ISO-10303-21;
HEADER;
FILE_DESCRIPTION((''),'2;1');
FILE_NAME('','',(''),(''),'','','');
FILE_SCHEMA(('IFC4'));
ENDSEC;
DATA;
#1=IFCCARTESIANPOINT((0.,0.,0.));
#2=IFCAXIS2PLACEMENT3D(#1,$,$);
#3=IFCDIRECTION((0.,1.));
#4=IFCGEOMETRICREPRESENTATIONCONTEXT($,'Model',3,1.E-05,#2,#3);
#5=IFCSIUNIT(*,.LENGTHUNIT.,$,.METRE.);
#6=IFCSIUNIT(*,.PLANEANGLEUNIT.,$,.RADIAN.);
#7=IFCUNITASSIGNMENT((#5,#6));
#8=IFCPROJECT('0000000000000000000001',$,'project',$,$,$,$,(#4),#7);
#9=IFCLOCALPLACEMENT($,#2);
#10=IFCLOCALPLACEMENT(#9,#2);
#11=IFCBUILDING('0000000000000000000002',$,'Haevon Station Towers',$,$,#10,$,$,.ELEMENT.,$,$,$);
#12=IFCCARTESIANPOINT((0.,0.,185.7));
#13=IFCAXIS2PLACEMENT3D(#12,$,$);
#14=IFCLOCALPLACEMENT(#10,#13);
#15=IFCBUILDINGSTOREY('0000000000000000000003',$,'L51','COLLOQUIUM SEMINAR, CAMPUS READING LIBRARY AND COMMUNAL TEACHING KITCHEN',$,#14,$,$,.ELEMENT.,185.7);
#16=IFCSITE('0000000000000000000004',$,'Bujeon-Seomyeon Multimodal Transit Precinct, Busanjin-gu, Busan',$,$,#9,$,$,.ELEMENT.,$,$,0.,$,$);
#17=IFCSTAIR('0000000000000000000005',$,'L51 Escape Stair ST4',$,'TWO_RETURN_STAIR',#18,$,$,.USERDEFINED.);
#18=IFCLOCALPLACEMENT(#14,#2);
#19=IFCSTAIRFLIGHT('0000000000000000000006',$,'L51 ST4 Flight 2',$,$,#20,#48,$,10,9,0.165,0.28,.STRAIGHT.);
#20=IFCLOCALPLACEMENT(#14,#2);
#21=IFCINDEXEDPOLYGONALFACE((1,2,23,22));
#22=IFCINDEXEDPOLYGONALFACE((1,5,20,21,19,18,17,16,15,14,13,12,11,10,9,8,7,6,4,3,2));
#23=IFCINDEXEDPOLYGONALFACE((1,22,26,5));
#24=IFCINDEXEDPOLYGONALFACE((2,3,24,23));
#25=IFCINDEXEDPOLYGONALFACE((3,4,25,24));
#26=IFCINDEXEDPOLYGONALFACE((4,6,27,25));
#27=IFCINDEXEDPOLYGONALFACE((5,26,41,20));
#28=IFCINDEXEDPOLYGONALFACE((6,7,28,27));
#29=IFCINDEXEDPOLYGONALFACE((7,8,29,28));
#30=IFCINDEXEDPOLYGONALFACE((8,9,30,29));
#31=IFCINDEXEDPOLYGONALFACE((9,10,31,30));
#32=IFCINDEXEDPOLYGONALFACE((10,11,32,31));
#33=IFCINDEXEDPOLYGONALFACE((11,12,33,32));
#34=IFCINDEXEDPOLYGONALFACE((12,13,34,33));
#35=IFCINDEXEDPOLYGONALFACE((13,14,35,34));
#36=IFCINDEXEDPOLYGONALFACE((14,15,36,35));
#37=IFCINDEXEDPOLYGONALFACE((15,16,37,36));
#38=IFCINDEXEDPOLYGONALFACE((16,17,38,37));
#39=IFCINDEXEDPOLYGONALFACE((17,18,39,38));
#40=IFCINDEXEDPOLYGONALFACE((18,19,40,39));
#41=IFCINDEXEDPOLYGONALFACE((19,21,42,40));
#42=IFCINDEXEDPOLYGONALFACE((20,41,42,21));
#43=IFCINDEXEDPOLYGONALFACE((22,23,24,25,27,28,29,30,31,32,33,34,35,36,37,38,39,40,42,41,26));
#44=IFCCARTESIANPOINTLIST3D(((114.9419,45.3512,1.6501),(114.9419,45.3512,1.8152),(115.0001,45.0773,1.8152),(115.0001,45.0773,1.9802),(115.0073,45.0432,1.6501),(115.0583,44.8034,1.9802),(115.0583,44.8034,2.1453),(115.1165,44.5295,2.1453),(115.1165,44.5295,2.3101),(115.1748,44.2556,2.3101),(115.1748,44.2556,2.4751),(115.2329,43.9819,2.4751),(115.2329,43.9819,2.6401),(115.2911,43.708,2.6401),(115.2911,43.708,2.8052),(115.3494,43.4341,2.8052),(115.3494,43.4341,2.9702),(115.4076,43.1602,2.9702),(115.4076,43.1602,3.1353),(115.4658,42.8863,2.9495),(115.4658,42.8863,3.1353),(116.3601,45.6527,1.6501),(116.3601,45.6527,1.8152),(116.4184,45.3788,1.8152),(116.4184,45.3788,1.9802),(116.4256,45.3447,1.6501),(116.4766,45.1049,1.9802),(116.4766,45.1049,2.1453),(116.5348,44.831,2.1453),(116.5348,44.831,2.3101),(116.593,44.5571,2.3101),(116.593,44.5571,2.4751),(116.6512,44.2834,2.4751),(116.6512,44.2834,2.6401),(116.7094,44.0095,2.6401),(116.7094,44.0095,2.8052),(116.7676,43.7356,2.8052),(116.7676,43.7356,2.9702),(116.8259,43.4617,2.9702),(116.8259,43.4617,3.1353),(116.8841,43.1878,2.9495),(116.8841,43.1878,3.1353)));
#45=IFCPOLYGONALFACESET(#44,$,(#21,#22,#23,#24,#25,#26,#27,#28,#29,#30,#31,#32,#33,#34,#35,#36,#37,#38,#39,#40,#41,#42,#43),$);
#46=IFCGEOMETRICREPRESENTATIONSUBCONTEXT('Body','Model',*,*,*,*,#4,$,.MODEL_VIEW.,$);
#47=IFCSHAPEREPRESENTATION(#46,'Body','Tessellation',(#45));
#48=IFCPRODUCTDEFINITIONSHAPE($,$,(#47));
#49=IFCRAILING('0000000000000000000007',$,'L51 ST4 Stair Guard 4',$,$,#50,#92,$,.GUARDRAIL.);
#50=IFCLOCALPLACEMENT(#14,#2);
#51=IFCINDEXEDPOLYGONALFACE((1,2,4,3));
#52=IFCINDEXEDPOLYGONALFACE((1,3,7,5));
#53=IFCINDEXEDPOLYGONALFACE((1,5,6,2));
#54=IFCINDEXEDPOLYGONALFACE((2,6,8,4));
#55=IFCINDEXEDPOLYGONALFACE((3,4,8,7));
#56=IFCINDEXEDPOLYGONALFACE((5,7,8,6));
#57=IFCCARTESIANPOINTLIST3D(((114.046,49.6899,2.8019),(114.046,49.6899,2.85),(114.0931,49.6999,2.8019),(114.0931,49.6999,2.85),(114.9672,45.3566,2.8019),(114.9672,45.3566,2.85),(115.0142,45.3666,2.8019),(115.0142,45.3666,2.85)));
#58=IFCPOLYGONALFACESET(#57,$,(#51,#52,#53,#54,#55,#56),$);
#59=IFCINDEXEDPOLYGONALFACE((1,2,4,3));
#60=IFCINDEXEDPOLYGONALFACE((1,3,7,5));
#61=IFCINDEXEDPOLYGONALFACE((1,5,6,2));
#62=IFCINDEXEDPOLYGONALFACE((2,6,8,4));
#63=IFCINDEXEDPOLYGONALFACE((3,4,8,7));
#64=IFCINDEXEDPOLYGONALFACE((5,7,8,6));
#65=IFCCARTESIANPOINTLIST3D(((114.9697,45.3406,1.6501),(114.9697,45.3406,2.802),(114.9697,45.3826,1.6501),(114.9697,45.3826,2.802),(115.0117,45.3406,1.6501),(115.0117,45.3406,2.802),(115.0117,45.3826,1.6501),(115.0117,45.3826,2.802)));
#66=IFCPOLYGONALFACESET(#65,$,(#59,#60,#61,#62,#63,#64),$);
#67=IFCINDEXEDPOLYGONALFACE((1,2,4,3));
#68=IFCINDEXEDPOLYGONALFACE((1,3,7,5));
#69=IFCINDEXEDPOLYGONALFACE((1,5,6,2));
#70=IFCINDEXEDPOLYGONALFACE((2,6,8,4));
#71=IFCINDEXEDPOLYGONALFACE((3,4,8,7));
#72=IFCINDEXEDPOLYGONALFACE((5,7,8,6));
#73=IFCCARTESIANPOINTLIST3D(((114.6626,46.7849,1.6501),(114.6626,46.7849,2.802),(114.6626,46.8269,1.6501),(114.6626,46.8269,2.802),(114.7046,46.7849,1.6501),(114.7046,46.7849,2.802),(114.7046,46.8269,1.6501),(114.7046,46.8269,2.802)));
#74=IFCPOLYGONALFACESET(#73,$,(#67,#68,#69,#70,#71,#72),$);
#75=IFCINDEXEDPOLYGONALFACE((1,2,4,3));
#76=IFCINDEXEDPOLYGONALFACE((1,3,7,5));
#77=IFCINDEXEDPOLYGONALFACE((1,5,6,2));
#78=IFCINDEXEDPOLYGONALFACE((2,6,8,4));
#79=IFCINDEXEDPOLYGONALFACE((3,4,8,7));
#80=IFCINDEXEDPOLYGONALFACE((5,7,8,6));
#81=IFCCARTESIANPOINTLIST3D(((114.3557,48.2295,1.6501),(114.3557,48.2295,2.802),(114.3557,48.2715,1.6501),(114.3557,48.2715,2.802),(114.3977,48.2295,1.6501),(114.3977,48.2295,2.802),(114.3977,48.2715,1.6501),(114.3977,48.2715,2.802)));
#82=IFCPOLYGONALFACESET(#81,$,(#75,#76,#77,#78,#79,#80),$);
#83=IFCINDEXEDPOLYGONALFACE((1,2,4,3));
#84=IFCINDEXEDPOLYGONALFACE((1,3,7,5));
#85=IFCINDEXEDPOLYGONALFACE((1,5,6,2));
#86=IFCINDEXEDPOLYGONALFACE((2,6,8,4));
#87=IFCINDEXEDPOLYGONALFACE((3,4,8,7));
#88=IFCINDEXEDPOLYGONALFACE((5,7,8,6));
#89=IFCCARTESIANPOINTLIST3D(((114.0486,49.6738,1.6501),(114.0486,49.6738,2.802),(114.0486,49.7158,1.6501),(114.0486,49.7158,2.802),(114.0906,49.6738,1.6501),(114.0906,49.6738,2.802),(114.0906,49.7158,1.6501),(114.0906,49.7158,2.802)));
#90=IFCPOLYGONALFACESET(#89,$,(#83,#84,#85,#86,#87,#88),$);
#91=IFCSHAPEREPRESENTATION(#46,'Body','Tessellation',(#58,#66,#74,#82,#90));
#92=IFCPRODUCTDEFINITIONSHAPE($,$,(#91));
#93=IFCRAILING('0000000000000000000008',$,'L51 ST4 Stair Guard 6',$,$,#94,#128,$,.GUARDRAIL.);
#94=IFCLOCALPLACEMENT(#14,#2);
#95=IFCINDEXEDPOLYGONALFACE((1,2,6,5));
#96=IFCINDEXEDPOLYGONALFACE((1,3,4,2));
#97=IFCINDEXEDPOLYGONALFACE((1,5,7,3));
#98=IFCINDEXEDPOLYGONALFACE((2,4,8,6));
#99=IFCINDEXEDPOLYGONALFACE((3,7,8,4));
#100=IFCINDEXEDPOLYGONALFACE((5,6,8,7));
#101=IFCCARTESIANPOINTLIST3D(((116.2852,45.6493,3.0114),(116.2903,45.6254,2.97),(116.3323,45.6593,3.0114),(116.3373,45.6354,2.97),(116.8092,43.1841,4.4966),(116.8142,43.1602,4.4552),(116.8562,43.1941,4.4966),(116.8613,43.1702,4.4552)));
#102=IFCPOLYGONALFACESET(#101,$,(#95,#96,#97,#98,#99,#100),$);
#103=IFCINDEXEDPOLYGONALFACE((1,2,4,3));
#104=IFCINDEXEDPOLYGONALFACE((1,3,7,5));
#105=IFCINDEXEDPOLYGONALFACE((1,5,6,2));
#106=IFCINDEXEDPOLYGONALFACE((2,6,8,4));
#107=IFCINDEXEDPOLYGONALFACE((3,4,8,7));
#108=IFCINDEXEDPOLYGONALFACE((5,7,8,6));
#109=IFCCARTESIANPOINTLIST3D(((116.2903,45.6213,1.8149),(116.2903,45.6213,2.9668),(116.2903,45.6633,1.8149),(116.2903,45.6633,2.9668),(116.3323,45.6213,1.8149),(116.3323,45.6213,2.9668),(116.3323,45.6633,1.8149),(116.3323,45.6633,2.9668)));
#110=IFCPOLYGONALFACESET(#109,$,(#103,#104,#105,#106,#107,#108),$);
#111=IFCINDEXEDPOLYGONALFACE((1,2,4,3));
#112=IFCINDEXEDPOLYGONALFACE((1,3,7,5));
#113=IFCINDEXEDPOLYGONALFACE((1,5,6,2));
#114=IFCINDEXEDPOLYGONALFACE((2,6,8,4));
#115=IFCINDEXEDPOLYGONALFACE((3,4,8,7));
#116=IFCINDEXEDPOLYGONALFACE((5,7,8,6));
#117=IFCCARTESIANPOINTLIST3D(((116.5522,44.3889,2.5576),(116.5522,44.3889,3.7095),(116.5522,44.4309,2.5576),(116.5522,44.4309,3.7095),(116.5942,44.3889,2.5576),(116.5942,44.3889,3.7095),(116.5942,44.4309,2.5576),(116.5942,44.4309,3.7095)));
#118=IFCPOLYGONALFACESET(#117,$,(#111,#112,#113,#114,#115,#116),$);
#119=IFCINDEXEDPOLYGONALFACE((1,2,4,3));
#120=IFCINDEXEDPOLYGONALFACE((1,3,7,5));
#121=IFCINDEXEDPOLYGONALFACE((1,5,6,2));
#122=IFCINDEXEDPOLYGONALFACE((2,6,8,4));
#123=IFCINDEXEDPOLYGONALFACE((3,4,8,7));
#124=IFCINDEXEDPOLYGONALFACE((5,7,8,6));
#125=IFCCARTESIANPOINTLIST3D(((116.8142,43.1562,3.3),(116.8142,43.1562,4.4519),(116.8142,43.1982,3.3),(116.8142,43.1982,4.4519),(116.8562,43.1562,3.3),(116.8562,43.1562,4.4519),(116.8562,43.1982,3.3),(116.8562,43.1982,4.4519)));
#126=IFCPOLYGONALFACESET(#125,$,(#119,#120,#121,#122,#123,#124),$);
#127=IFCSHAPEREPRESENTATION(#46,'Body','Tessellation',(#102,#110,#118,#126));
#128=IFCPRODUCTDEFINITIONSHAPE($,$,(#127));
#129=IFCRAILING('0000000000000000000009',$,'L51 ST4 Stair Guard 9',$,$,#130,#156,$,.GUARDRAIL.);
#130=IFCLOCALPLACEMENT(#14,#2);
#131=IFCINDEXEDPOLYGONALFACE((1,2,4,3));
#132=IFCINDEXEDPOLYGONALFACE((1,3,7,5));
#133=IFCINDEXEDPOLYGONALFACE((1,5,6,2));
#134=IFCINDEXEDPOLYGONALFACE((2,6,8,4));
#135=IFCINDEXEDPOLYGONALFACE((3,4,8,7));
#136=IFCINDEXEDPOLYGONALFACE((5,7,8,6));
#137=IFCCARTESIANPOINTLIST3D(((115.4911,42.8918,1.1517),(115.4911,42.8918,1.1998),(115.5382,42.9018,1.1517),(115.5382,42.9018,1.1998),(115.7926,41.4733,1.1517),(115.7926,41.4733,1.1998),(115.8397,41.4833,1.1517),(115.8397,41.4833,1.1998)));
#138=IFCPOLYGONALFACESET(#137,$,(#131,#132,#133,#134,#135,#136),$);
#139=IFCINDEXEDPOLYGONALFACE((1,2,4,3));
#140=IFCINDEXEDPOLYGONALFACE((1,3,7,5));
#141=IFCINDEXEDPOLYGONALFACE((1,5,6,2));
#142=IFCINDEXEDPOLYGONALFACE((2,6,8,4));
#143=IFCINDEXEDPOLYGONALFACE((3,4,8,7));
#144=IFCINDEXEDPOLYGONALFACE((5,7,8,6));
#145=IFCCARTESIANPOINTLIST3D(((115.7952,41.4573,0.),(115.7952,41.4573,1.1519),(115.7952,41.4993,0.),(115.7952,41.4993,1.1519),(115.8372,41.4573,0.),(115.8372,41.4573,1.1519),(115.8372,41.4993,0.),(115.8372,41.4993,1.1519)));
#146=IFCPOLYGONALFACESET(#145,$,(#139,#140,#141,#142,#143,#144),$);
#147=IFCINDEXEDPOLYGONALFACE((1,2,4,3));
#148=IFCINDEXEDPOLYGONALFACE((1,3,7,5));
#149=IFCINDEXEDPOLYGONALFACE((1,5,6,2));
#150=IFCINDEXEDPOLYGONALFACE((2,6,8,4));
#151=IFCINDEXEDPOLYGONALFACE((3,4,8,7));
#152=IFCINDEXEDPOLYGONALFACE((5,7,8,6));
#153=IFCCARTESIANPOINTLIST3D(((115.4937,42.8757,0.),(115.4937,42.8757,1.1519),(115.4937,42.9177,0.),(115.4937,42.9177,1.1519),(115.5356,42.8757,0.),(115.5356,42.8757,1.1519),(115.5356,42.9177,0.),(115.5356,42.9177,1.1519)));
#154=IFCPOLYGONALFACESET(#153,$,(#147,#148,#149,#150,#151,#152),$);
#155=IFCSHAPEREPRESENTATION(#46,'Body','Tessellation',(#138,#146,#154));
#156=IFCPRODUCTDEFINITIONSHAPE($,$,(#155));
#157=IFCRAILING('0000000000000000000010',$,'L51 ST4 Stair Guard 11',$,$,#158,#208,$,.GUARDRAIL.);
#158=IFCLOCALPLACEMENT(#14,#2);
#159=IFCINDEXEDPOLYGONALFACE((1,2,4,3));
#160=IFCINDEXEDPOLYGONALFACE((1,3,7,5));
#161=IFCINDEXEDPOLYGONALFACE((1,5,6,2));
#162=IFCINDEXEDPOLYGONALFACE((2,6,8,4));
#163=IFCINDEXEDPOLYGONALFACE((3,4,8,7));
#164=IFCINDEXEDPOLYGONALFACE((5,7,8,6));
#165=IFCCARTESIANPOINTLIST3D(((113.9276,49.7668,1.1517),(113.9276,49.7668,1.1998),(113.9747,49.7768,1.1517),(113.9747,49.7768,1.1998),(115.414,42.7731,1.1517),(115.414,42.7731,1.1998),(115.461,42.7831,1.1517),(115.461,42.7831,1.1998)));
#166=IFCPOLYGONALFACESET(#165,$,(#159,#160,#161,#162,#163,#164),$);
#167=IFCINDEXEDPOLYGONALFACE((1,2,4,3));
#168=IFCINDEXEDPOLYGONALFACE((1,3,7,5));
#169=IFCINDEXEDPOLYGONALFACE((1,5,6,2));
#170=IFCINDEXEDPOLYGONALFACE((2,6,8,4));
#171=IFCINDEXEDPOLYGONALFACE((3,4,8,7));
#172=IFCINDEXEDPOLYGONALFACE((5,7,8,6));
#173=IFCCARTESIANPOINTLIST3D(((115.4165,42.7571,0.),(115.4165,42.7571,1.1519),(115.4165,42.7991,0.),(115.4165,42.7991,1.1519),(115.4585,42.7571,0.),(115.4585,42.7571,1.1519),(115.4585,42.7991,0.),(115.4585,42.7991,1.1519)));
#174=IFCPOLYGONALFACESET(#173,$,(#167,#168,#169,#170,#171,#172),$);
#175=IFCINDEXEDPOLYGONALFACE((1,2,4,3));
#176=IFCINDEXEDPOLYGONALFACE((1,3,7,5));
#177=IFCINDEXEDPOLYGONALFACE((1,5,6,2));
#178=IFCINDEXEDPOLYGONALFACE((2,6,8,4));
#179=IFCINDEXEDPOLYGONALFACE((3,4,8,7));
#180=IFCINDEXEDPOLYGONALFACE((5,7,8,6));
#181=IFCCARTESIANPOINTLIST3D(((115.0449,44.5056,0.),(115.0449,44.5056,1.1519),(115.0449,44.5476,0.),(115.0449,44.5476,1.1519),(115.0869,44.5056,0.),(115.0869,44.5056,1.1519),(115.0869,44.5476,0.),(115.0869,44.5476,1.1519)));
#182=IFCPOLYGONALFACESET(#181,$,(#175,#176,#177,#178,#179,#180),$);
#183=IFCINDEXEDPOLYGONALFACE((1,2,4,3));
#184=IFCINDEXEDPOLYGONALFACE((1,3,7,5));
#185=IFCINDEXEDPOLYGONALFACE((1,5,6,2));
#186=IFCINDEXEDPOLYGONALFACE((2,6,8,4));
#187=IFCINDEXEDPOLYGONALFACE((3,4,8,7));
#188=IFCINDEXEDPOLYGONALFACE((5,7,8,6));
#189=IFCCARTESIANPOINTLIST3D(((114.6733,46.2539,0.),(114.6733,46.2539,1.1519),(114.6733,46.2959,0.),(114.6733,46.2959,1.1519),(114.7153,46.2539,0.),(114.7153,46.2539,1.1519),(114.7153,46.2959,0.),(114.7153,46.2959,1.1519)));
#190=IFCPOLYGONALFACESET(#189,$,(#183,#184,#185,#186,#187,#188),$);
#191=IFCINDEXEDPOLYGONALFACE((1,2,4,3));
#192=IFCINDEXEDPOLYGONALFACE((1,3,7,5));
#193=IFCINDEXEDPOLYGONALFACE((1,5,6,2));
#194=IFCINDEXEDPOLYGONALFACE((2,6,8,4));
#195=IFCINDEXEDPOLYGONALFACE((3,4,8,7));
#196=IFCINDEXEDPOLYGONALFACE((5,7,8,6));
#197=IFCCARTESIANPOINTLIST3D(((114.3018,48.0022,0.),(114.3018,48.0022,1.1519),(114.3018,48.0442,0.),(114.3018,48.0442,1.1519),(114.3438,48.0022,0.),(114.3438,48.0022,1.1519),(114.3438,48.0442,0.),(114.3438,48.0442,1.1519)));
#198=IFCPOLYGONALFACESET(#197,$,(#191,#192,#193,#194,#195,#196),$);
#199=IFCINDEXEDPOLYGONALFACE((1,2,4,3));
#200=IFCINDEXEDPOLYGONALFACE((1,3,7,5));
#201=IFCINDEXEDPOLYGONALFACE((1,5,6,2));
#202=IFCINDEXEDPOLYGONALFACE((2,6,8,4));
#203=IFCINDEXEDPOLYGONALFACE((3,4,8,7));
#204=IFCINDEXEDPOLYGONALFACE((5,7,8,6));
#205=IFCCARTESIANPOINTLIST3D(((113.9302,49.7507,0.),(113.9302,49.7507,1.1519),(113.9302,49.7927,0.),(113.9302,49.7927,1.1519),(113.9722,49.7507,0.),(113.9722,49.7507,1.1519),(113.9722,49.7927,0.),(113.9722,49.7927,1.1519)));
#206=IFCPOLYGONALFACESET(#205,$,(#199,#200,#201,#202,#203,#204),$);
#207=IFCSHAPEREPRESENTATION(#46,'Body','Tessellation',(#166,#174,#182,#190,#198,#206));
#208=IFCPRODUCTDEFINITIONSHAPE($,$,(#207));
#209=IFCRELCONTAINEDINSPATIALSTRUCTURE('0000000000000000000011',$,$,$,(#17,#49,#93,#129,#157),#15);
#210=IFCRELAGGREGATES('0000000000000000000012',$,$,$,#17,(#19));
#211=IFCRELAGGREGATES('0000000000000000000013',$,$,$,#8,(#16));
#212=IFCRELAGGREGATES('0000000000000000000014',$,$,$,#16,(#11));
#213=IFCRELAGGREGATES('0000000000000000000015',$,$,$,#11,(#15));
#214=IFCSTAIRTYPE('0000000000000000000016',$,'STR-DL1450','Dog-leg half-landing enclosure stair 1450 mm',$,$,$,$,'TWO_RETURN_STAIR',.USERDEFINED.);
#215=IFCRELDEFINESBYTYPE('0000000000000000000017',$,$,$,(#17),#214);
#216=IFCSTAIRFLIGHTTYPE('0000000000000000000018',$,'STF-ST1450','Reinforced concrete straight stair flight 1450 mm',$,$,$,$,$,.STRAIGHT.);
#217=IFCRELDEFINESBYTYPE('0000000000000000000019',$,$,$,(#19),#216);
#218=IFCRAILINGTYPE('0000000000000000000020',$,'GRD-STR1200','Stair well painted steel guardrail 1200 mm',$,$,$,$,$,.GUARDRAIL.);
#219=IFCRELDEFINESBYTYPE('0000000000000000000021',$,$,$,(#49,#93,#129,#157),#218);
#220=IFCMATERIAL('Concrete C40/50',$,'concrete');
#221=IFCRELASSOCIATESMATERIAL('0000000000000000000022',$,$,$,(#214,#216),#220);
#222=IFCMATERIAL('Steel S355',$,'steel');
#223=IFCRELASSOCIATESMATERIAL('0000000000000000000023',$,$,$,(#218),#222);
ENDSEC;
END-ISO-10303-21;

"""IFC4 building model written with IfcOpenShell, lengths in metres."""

from ifc_helpers import new_model, si_unit, direction, frame, origin, origin_2d, place, context, subcontext, project, spatial, polyline, rectangle, outline, extrude, material, type_object, element, aggregate, save


model = new_model("IFC4")

# Units and contexts
model_context = context("Model", 3, precision=1e-05, world=origin(), true_north=direction((0.0, 1.0)))
body_context = subcontext(model_context, "Body", "Model", "MODEL_VIEW")
ifc_project = project(units=[si_unit("LENGTHUNIT", "METRE"), si_unit("PLANEANGLEUNIT", "RADIAN")], contexts=[model_context])

# Site, building, storey
site_placement = place(None, origin())
site = spatial("IfcSite", under=ifc_project, at=site_placement, Name="Bujeon-Seomyeon Multimodal Transit Precinct, Busanjin-gu, Busan", CompositionType="ELEMENT", RefElevation=0.0)
building_placement = place(site_placement, origin())
building = spatial("IfcBuilding", under=site, at=building_placement, Name="Haevon Station Towers", CompositionType="ELEMENT")
storey_placement = place(building_placement, frame((0.0, 0.0, 185.7)))
storey = spatial("IfcBuildingStorey", under=building, at=storey_placement, Name="L51", Description="COLLOQUIUM SEMINAR, CAMPUS READING LIBRARY AND COMMUNAL TEACHING KITCHEN", CompositionType="ELEMENT", Elevation=185.7)

# Shared definitions
ifc_material_1 = material(Name="Steel S355", Category="steel")

# Shared definitions
ifc_material_2 = material(Name="Concrete C40/50", Category="concrete")

# Stair, stair flight
stair_type = type_object("IfcStairType", Name="STR-DL1450", Description="Dog-leg half-landing enclosure stair 1450 mm", ElementType="TWO_RETURN_STAIR", PredefinedType="USERDEFINED", material=ifc_material_2)
stair_placement = place(storey_placement, origin())
stair = element("IfcStair", 1, at=stair_placement, inside=storey, type_object=stair_type, Name="L51 Escape Stair ST4", ObjectType="TWO_RETURN_STAIR", PredefinedType="USERDEFINED")
stair_flight_type = type_object("IfcStairFlightType", Name="STF-ST1450", Description="Reinforced concrete straight stair flight 1450 mm", PredefinedType="STRAIGHT", material=ifc_material_2)
stair_flight_placement = place(storey_placement, frame((115.6509, 45.502, 1.6501), z_axis=(0.0, 0.0, 1.0), x_axis=(0.207912, -0.978148, 0.0)))
stair_flight = element("IfcStairFlight", 2, at=stair_flight_placement, type_object=stair_flight_type, Name="L51 ST4 Flight 2", NumberOfRisers=10, NumberOfTreads=9, PredefinedType="STRAIGHT", RiserHeight=0.165, TreadLength=0.28, context=body_context, shape_type="SweptSolid", body=[
    extrude(outline(polyline([(0.0, 0.0), (0.0, 0.165), (0.28, 0.165), (0.28, 0.3301), (0.5601, 0.3301), (0.5601, 0.4951), (0.8401, 0.4951), (0.8401, 0.6599), (1.1201, 0.6599), (1.1201, 0.825), (1.3999, 0.825), (1.3999, 0.99), (1.6799, 0.99), (1.6799, 1.155), (1.96, 1.155), (1.96, 1.3201), (2.24, 1.3201), (2.24, 1.4851), (2.52, 1.4851), (2.52, 1.6499), (2.52, 1.2993), (0.3149, 0.0), (0.0, 0.0)])), frame((0.0, 0.7251, 0.0), z_axis=(0.0, -1.0, 0.0), x_axis=(1.0, 0.0, 0.0)), (0.0, 0.0, 1.0), 1.45),
])
aggregate(stair, [stair_flight])

# Railings
railing_type_1 = type_object("IfcRailingType", Name="GRD-STR1200", Description="Stair well painted steel guardrail 1200 mm", PredefinedType="GUARDRAIL", material=ifc_material_1)
railing_1_placement = place(storey_placement, frame((114.9907, 45.3616, 1.6501)))
element("IfcRailing", 3, at=railing_1_placement, inside=storey, type_object=railing_type_1, Name="L51 ST4 Stair Guard 4", PredefinedType="GUARDRAIL", context=body_context, shape_type="SweptSolid", body=[
    extrude(rectangle(XDim=0.0481, YDim=0.0481, at=origin_2d()), frame((0.0, 0.0, 1.1758), z_axis=(-0.207929, 0.978144, 0.0), x_axis=(-0.978144, -0.207929, 0.0)), (0.0, 0.0, 1.0), 4.4302),
    extrude(rectangle(XDim=0.042, YDim=0.042, at=origin_2d()), origin(), (0.0, 0.0, 1.0), 1.1519),
    extrude(rectangle(XDim=0.042, YDim=0.042, at=origin_2d()), frame((-0.3071, 1.4443, 0.0)), (0.0, 0.0, 1.0), 1.1519),
    extrude(rectangle(XDim=0.042, YDim=0.042, at=origin_2d()), frame((-0.614, 2.8889, 0.0)), (0.0, 0.0, 1.0), 1.1519),
    extrude(rectangle(XDim=0.042, YDim=0.042, at=origin_2d()), frame((-0.9211, 4.3333, 0.0)), (0.0, 0.0, 1.0), 1.1519),
])
railing_2_placement = place(storey_placement, frame((116.3113, 45.6423, 1.8149)))
element("IfcRailing", 4, at=railing_2_placement, inside=storey, type_object=railing_type_1, Name="L51 ST4 Stair Guard 6", PredefinedType="GUARDRAIL", context=body_context, shape_type="SweptSolid", body=[
    extrude(rectangle(XDim=0.0481, YDim=0.0481, at=origin_2d()), frame((0.0, 0.0, 1.1758), z_axis=(0.179109, -0.842712, 0.507697), x_axis=(0.978151, 0.207895, 0.0)), (0.0, 0.0, 1.0), 2.9253),
    extrude(rectangle(XDim=0.042, YDim=0.042, at=origin_2d()), origin(), (0.0, 0.0, 1.0), 1.1519),
    extrude(rectangle(XDim=0.042, YDim=0.042, at=origin_2d()), frame((0.262, -1.2324, 0.7427)), (0.0, 0.0, 1.0), 1.1519),
    extrude(rectangle(XDim=0.042, YDim=0.042, at=origin_2d()), frame((0.5239, -2.4651, 1.4851)), (0.0, 0.0, 1.0), 1.1519),
])
railing_3_placement = place(storey_placement, frame((115.8162, 41.4783, 0.0)))
element("IfcRailing", 5, at=railing_3_placement, inside=storey, type_object=railing_type_1, Name="L51 ST4 Stair Guard 9", PredefinedType="GUARDRAIL", context=body_context, shape_type="SweptSolid", body=[
    extrude(rectangle(XDim=0.0481, YDim=0.0481, at=origin_2d()), frame((0.0, 0.0, 1.1758), z_axis=(-0.207919, 0.978146, 0.0), x_axis=(-0.978146, -0.207919, 0.0)), (0.0, 0.0, 1.0), 1.4502),
    extrude(rectangle(XDim=0.042, YDim=0.042, at=origin_2d()), origin(), (0.0, 0.0, 1.0), 1.1519),
    extrude(rectangle(XDim=0.042, YDim=0.042, at=origin_2d()), frame((-0.3015, 1.4185, 0.0)), (0.0, 0.0, 1.0), 1.1519),
])
railing_4_placement = place(storey_placement, frame((115.4375, 42.7781, 0.0)))
element("IfcRailing", 6, at=railing_4_placement, inside=storey, type_object=railing_type_1, Name="L51 ST4 Stair Guard 11", PredefinedType="GUARDRAIL", context=body_context, shape_type="SweptSolid", body=[
    extrude(rectangle(XDim=0.0481, YDim=0.0481, at=origin_2d()), frame((0.0, 0.0, 1.1758), z_axis=(-0.207882, 0.978154, 0.0), x_axis=(-0.978154, -0.207882, 0.0)), (0.0, 0.0, 1.0), 7.1499),
    extrude(rectangle(XDim=0.042, YDim=0.042, at=origin_2d()), origin(), (0.0, 0.0, 1.0), 1.1519),
    extrude(rectangle(XDim=0.042, YDim=0.042, at=origin_2d()), frame((-0.3716, 1.7485, 0.0)), (0.0, 0.0, 1.0), 1.1519),
    extrude(rectangle(XDim=0.042, YDim=0.042, at=origin_2d()), frame((-0.7432, 3.4968, 0.0)), (0.0, 0.0, 1.0), 1.1519),
    extrude(rectangle(XDim=0.042, YDim=0.042, at=origin_2d()), frame((-1.1147, 5.2451, 0.0)), (0.0, 0.0, 1.0), 1.1519),
    extrude(rectangle(XDim=0.042, YDim=0.042, at=origin_2d()), frame((-1.4863, 6.9937, 0.0)), (0.0, 0.0, 1.0), 1.1519),
])

save(model, "model.ifc")
